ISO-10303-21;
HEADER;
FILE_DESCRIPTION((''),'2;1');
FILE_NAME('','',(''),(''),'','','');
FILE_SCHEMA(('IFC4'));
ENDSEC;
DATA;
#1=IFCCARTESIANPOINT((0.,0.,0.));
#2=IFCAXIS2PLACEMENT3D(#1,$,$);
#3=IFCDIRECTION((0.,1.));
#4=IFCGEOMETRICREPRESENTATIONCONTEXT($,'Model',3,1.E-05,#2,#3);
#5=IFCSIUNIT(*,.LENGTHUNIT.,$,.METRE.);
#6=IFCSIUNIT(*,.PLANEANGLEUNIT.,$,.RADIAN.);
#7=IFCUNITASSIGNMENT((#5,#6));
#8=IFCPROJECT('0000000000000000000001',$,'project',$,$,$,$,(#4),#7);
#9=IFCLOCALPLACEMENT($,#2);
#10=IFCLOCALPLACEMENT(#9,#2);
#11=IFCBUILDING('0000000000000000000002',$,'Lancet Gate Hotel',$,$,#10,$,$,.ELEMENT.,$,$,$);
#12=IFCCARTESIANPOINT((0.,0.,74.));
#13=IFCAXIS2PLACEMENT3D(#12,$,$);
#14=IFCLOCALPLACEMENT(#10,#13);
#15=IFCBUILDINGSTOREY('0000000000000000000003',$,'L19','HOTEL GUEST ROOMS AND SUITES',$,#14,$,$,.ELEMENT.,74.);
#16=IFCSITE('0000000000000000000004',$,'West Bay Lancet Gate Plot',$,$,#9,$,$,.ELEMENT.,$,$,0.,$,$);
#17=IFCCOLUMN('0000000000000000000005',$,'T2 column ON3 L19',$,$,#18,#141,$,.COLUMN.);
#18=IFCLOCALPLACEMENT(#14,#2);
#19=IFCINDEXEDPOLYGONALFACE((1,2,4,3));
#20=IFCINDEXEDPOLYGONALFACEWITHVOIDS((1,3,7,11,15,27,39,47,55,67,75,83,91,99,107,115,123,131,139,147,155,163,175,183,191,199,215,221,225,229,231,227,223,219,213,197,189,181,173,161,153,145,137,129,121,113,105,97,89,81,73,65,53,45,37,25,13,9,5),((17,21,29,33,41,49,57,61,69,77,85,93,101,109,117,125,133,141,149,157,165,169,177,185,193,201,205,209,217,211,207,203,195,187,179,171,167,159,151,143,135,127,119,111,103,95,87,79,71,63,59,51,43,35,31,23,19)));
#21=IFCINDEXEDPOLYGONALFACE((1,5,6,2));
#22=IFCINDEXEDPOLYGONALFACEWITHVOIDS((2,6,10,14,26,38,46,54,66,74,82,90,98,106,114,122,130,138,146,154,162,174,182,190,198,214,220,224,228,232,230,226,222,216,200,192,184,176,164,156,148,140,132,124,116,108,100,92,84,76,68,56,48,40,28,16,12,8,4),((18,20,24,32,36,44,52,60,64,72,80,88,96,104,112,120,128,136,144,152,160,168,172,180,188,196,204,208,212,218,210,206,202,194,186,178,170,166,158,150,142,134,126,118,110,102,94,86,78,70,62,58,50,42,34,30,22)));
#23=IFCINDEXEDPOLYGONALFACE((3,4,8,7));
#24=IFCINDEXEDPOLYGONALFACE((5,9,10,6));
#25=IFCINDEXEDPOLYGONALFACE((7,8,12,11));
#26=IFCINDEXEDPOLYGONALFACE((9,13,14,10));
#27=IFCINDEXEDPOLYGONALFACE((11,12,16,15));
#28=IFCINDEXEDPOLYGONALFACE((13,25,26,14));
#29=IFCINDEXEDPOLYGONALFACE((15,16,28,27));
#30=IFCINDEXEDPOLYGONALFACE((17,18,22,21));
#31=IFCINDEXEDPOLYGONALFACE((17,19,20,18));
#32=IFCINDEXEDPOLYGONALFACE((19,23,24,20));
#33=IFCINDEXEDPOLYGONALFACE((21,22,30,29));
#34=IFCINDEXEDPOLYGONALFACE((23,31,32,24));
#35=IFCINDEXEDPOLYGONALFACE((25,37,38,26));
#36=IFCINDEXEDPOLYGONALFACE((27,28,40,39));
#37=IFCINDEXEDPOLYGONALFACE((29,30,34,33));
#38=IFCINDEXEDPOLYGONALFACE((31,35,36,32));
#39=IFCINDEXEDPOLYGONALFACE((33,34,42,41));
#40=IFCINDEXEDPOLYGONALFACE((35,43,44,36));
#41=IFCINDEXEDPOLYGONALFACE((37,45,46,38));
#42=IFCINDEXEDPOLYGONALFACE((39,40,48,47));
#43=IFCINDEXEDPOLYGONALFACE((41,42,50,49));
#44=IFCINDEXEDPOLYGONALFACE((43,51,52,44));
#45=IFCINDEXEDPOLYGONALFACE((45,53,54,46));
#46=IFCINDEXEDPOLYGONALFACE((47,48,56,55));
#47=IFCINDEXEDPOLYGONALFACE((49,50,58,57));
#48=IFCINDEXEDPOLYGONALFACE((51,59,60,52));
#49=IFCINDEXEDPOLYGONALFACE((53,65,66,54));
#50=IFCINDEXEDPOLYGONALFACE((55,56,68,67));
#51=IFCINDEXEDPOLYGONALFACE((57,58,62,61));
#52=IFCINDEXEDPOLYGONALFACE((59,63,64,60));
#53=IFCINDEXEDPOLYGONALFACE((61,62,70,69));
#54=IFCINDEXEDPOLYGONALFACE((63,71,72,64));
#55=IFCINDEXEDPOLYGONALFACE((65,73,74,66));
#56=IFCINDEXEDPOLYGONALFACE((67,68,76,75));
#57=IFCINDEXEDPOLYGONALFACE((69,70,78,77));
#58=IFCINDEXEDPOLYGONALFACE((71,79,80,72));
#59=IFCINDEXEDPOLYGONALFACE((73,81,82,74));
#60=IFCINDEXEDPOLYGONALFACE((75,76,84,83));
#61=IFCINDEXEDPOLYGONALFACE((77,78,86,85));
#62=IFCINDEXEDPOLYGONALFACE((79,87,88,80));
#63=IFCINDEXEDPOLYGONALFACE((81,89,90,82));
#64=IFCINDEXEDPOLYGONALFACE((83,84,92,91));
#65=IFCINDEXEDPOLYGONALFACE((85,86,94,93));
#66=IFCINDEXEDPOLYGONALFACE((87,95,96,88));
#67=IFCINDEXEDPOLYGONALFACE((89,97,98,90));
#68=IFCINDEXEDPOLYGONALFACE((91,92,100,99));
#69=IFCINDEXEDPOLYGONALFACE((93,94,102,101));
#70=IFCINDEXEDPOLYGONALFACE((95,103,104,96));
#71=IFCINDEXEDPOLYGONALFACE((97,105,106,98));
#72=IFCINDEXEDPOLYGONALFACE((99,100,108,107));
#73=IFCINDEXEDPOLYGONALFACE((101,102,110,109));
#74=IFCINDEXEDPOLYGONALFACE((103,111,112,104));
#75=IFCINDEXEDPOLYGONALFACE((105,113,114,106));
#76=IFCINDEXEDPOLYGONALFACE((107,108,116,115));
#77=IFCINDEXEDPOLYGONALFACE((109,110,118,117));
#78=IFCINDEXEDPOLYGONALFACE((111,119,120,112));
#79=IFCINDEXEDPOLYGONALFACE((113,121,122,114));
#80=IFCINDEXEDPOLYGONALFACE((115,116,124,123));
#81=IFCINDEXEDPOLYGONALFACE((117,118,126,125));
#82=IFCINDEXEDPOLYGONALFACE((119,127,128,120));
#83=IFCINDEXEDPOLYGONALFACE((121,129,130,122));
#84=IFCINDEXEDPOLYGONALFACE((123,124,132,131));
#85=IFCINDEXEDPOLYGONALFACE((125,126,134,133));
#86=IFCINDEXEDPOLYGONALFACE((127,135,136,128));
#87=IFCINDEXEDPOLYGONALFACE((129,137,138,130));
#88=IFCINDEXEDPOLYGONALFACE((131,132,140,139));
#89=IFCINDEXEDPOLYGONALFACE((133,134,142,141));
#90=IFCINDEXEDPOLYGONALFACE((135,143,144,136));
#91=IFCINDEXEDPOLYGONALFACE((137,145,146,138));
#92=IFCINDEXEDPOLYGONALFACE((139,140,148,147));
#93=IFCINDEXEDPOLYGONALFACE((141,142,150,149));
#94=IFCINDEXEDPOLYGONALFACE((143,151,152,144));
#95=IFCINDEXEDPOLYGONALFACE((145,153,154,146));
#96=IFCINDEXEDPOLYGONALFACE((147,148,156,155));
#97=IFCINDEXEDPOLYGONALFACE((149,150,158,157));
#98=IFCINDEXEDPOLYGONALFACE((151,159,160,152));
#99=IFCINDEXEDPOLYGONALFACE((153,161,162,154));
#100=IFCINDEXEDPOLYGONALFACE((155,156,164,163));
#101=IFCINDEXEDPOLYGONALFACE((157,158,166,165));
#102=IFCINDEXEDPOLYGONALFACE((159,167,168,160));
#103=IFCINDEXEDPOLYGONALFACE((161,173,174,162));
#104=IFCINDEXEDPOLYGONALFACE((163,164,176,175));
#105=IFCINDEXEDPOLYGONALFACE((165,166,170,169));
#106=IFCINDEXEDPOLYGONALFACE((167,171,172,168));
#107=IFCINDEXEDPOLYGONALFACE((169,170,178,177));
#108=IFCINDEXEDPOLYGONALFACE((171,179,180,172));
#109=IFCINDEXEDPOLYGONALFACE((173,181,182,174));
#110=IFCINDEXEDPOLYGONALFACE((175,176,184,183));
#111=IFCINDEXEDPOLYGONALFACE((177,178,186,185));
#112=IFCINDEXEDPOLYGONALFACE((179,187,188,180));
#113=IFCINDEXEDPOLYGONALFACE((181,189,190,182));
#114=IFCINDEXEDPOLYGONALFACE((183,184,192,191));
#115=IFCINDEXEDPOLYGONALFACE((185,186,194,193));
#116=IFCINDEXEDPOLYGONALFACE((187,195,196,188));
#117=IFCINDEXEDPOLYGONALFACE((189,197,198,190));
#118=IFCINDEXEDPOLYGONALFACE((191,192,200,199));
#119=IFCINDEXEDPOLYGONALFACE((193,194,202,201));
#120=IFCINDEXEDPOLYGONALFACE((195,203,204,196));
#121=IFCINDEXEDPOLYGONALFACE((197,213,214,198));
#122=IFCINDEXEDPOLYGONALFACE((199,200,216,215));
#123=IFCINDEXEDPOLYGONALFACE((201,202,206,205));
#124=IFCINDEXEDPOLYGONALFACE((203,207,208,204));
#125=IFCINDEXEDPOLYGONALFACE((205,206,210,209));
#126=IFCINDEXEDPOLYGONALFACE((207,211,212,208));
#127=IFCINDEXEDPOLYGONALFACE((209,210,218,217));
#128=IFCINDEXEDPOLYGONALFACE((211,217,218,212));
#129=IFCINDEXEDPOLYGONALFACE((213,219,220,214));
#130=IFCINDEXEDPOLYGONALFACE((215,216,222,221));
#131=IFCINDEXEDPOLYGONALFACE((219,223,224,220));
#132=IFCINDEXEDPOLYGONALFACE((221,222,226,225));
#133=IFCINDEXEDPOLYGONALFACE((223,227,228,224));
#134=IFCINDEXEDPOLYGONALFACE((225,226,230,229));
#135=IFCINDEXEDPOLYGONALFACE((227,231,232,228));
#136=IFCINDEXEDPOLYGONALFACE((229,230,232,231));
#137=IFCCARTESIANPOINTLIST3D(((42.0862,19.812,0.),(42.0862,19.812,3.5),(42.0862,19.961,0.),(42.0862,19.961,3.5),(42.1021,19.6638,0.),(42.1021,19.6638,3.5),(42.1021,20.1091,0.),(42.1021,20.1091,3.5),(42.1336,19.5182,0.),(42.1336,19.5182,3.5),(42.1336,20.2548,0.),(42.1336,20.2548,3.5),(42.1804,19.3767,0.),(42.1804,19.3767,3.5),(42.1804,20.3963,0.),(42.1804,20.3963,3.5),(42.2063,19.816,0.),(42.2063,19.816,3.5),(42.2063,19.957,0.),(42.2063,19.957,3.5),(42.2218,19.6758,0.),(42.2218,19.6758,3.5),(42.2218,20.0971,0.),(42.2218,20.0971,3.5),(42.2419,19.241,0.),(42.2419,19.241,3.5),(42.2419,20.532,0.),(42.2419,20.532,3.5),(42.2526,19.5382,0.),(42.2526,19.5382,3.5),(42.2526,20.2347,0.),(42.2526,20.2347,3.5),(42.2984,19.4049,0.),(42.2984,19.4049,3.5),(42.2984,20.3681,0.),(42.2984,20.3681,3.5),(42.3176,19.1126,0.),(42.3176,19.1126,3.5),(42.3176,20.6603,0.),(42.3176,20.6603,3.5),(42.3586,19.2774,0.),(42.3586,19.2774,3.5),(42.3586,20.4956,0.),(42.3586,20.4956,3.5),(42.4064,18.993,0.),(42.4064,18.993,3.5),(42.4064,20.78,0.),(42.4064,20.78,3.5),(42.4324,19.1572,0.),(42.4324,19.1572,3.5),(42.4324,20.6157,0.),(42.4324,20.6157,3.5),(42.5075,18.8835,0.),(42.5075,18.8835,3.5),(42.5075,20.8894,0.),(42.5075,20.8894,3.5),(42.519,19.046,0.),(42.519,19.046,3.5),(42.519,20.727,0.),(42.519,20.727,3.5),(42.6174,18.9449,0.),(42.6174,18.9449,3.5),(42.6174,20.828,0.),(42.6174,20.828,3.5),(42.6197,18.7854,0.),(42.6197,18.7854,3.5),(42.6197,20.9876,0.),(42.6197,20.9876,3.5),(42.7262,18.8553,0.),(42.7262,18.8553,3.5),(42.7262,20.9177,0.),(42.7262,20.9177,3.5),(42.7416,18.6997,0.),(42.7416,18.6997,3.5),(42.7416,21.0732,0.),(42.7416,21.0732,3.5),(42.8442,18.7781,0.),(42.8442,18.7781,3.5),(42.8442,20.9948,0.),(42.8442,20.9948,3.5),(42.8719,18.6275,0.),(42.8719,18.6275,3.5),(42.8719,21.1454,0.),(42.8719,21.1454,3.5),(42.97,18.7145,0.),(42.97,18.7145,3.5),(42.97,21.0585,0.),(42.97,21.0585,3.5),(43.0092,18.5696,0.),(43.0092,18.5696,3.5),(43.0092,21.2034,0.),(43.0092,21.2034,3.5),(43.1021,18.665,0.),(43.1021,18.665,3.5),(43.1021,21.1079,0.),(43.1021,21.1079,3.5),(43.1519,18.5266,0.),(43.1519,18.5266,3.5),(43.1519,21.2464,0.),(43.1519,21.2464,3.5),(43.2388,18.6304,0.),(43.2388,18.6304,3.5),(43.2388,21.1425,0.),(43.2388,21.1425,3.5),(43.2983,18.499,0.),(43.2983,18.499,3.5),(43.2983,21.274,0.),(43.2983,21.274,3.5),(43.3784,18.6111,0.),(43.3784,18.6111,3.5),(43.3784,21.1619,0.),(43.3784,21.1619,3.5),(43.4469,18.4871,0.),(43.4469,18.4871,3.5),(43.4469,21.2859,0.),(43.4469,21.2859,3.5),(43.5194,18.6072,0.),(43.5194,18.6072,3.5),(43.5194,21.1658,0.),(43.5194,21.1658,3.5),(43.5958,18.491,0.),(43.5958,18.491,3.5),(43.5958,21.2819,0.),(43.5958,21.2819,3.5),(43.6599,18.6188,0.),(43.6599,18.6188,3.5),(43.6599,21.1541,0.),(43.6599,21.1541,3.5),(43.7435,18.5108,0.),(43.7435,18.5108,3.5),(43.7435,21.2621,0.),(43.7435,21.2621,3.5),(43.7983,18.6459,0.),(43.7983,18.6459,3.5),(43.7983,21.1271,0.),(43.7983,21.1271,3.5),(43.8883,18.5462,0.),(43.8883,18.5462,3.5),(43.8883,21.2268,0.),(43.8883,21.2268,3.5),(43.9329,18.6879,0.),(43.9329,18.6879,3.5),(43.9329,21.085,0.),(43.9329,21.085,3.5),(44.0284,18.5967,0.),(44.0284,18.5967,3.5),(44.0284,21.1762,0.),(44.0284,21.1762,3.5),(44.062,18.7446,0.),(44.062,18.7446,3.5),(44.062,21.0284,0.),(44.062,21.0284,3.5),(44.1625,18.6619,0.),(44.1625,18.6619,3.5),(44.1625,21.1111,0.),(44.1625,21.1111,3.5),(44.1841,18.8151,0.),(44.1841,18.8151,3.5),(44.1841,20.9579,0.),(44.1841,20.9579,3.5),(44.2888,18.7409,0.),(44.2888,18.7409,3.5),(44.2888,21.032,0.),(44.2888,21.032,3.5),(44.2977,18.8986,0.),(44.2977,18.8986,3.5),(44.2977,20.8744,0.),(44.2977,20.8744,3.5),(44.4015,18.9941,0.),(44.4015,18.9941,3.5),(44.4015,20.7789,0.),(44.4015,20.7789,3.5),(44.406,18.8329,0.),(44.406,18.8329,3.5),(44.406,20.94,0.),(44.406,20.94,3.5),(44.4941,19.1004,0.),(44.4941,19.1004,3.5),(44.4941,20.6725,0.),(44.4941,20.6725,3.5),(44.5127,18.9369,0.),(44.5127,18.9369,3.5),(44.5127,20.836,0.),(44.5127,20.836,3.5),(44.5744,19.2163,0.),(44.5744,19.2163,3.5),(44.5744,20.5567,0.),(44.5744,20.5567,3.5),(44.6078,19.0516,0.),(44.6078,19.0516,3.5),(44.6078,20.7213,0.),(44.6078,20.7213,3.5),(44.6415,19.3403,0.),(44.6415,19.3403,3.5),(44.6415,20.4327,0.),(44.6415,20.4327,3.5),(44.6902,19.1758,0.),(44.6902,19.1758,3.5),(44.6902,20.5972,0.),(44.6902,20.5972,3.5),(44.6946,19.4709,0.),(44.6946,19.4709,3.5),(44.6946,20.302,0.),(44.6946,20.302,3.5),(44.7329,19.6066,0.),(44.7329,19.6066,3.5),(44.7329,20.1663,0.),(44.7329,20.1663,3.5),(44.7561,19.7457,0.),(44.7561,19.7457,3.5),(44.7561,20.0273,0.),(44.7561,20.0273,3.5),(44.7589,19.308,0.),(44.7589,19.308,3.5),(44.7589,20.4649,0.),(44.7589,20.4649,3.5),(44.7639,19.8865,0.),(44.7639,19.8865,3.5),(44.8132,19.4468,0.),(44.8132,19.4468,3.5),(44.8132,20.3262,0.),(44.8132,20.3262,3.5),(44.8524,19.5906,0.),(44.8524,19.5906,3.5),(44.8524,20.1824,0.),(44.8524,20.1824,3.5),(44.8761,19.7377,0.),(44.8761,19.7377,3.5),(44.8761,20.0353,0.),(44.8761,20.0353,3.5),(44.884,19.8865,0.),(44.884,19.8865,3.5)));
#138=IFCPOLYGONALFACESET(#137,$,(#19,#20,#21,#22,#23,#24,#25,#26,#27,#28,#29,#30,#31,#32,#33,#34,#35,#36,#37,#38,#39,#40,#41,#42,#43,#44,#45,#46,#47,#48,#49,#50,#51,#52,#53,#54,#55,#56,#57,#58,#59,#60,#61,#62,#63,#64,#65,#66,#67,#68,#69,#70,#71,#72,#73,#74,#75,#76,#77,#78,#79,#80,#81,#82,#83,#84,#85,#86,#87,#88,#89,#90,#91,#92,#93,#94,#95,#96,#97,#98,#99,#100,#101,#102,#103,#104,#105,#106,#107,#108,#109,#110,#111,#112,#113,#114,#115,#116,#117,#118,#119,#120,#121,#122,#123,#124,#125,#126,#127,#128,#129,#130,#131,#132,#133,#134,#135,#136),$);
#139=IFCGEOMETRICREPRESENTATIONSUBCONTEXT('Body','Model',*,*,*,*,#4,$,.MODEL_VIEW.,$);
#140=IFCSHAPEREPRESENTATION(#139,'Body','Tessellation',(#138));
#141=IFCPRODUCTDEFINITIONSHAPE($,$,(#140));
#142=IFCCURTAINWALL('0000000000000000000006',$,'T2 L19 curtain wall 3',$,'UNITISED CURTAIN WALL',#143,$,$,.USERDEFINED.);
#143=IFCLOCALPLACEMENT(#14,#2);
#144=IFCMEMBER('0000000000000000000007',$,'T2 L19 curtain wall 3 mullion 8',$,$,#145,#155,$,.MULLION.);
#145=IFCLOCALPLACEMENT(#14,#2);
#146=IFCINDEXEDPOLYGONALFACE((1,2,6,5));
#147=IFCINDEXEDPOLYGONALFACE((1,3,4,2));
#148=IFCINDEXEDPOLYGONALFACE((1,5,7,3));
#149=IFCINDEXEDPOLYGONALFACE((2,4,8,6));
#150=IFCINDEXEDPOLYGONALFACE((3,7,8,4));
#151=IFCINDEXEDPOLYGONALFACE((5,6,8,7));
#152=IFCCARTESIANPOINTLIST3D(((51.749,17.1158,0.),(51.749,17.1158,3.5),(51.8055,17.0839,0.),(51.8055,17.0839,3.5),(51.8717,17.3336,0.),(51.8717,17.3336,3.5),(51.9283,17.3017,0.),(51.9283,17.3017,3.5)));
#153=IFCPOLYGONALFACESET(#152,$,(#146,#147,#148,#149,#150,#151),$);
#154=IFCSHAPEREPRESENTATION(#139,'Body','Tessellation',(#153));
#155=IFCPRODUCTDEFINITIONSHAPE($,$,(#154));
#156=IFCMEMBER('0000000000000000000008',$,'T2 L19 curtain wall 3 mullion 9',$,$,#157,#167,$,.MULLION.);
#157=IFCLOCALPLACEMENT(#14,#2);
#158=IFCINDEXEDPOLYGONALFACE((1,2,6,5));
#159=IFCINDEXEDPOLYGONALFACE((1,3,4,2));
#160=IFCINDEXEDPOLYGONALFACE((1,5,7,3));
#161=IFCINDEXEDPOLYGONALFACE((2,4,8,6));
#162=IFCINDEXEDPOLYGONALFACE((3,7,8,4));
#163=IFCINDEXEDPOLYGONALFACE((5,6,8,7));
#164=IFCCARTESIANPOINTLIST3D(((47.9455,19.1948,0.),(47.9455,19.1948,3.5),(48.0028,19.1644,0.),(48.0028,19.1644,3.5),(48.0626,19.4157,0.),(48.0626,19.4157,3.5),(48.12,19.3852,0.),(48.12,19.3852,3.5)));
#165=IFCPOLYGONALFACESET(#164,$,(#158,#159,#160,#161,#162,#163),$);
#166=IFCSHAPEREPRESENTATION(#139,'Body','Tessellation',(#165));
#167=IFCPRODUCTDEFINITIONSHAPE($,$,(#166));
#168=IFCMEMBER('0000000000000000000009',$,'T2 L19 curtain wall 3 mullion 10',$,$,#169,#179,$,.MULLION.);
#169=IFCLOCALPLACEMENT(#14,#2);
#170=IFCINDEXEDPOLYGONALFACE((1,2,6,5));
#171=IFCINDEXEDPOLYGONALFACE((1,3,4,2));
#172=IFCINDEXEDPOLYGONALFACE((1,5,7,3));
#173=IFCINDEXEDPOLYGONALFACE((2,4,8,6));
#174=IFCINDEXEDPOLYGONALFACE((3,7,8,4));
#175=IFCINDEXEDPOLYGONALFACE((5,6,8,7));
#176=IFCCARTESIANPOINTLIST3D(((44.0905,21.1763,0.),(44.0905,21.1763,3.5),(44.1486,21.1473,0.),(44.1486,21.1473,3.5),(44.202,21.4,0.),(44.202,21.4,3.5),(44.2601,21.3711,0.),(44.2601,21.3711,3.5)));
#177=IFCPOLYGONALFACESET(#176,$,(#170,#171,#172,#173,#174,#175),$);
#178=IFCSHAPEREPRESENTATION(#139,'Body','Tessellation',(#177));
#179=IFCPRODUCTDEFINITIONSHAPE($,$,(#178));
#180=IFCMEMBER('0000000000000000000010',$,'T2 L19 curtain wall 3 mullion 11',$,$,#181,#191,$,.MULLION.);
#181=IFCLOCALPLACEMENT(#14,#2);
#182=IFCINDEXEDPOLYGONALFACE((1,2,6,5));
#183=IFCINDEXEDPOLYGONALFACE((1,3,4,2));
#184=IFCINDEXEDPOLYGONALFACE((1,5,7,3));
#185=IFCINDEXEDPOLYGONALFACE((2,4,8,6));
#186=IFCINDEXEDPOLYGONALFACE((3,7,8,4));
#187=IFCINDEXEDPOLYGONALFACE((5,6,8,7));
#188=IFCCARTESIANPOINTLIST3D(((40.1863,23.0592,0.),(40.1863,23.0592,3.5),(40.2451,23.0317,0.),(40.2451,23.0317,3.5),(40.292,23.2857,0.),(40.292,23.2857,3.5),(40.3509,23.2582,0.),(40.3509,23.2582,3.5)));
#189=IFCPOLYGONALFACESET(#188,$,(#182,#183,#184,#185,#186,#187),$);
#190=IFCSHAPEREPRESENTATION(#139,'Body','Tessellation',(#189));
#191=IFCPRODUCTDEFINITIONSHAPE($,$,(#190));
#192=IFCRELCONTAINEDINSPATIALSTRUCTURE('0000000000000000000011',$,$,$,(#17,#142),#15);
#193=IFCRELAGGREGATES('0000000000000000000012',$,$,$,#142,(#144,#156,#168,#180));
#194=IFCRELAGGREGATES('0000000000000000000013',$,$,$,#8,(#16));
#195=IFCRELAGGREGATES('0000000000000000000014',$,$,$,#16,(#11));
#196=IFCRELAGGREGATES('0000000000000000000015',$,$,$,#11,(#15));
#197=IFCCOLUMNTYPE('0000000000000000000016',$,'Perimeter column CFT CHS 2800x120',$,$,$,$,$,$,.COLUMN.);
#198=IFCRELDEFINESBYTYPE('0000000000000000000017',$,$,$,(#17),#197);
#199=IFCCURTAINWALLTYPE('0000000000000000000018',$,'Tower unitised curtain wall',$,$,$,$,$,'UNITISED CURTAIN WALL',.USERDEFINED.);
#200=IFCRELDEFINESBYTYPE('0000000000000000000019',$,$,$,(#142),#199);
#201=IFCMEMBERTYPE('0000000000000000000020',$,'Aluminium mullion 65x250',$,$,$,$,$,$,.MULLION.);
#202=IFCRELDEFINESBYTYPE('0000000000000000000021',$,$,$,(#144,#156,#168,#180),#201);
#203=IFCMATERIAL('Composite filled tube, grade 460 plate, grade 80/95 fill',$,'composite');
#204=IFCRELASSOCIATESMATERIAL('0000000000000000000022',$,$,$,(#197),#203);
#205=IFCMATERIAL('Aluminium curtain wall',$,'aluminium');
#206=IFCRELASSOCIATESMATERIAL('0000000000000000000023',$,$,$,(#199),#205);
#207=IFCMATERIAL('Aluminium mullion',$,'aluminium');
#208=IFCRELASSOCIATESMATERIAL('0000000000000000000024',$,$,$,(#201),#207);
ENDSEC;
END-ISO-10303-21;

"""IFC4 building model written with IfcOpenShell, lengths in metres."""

from ifc_helpers import new_model, si_unit, direction, frame, origin, origin_2d, place, context, subcontext, project, spatial, rectangle, hollow_circle, extrude, material, material_profile, profile_set, type_object, element, aggregate, save


model = new_model("IFC4")

# Units and contexts
model_context = context("Model", 3, precision=1e-05, world=origin(), true_north=direction((0.0, 1.0)))
body_context = subcontext(model_context, "Body", "Model", "MODEL_VIEW")
ifc_project = project(units=[si_unit("LENGTHUNIT", "METRE"), si_unit("PLANEANGLEUNIT", "RADIAN")], contexts=[model_context])

# Site, building, storey
site_placement = place(None, origin())
site = spatial("IfcSite", under=ifc_project, at=site_placement, Name="West Bay Lancet Gate Plot", CompositionType="ELEMENT", RefElevation=0.0)
building_placement = place(site_placement, origin())
building = spatial("IfcBuilding", under=site, at=building_placement, Name="Lancet Gate Hotel", CompositionType="ELEMENT")
storey_placement = place(building_placement, frame((0.0, 0.0, 74.0)))
storey = spatial("IfcBuildingStorey", under=building, at=storey_placement, Name="L19", Description="HOTEL GUEST ROOMS AND SUITES", CompositionType="ELEMENT", Elevation=74.0)

# Column
ifc_material_1 = material(Name="Composite filled tube, grade 460 plate, grade 80/95 fill", Category="composite")
ifc_material_profile_1 = material_profile(ifc_material_1, hollow_circle(Radius=1.3999, WallThickness=0.1201, at=origin_2d()), Name="CHS 2800x120")
ifc_profile_set_1 = profile_set([ifc_material_profile_1], Name="Composite filled tube, grade 460 plate, grade 80/95 fill")
column_type = type_object("IfcColumnType", Name="Perimeter column CFT CHS 2800x120", PredefinedType="COLUMN", material=ifc_profile_set_1)
for number, where, z_axis, x_axis, name in (
    (1, (43.4841, 19.8865, 0.0), (0.0, 0.0, 1.0), (1.0, 0.0, 0.0), "T2 column ON3 L19"),
):
    element("IfcColumn", number, at=place(storey_placement, frame(where, z_axis=z_axis, x_axis=x_axis)), inside=storey, type_object=column_type, Name=name, PredefinedType="COLUMN", context=body_context, shape_type="SweptSolid", body=[
        extrude(hollow_circle(Radius=1.3999, WallThickness=0.1201, at=origin_2d()), origin(), (0.0, 0.0, 1.0), 3.5),
    ])

# Curtain wall, members
ifc_material_2 = material(Name="Aluminium curtain wall", Category="aluminium")
curtain_wall_type = type_object("IfcCurtainWallType", Name="Tower unitised curtain wall", ElementType="UNITISED CURTAIN WALL", PredefinedType="USERDEFINED", material=ifc_material_2)
curtain_wall_placement = place(storey_placement, origin())
curtain_wall = element("IfcCurtainWall", 2, at=curtain_wall_placement, inside=storey, type_object=curtain_wall_type, Name="T2 L19 curtain wall 3", ObjectType="UNITISED CURTAIN WALL", PredefinedType="USERDEFINED")
ifc_material_3 = material(Name="Aluminium mullion", Category="aluminium")
ifc_material_profile_2 = material_profile(ifc_material_3, rectangle(XDim=0.0649, YDim=0.25, at=origin_2d()), Name="MULLION 65x250")
ifc_profile_set_2 = profile_set([ifc_material_profile_2], Name="Aluminium mullion")
member_type_1 = type_object("IfcMemberType", Name="Aluminium mullion 65x250", PredefinedType="MULLION", material=ifc_profile_set_2)
member_1_placement = place(storey_placement, frame((51.8386, 17.2087, 0.0), z_axis=(0.0, 0.0, 1.0), x_axis=(-0.87119, 0.490945, 0.0)))
member_1 = element("IfcMember", 3, at=member_1_placement, type_object=member_type_1, Name="T2 L19 curtain wall 3 mullion 8", PredefinedType="MULLION", context=body_context, shape_type="SweptSolid", body=[
    extrude(rectangle(XDim=0.0649, YDim=0.25, at=origin_2d()), origin(), (0.0, 0.0, 1.0), 3.5),
])
member_2_placement = place(storey_placement, frame((48.0327, 19.29, 0.0), z_axis=(0.0, 0.0, 1.0), x_axis=(-0.883403, 0.468613, 0.0)))
member_2 = element("IfcMember", 4, at=member_2_placement, type_object=member_type_1, Name="T2 L19 curtain wall 3 mullion 9", PredefinedType="MULLION", context=body_context, shape_type="SweptSolid", body=[
    extrude(rectangle(XDim=0.0649, YDim=0.25, at=origin_2d()), origin(), (0.0, 0.0, 1.0), 3.5),
])
member_3_placement = place(storey_placement, frame((44.1753, 21.2737, 0.0), z_axis=(0.0, 0.0, 1.0), x_axis=(-0.895044, 0.445978, 0.0)))
member_3 = element("IfcMember", 5, at=member_3_placement, type_object=member_type_1, Name="T2 L19 curtain wall 3 mullion 10", PredefinedType="MULLION", context=body_context, shape_type="SweptSolid", body=[
    extrude(rectangle(XDim=0.0649, YDim=0.25, at=origin_2d()), origin(), (0.0, 0.0, 1.0), 3.5),
])
member_4_placement = place(storey_placement, frame((40.2686, 23.1587, 0.0), z_axis=(0.0, 0.0, 1.0), x_axis=(-0.906105, 0.423053, 0.0)))
member_4 = element("IfcMember", 6, at=member_4_placement, type_object=member_type_1, Name="T2 L19 curtain wall 3 mullion 11", PredefinedType="MULLION", context=body_context, shape_type="SweptSolid", body=[
    extrude(rectangle(XDim=0.0649, YDim=0.25, at=origin_2d()), origin(), (0.0, 0.0, 1.0), 3.5),
])

aggregate(curtain_wall, [member_1, member_2, member_3, member_4])

save(model, "model.ifc")
